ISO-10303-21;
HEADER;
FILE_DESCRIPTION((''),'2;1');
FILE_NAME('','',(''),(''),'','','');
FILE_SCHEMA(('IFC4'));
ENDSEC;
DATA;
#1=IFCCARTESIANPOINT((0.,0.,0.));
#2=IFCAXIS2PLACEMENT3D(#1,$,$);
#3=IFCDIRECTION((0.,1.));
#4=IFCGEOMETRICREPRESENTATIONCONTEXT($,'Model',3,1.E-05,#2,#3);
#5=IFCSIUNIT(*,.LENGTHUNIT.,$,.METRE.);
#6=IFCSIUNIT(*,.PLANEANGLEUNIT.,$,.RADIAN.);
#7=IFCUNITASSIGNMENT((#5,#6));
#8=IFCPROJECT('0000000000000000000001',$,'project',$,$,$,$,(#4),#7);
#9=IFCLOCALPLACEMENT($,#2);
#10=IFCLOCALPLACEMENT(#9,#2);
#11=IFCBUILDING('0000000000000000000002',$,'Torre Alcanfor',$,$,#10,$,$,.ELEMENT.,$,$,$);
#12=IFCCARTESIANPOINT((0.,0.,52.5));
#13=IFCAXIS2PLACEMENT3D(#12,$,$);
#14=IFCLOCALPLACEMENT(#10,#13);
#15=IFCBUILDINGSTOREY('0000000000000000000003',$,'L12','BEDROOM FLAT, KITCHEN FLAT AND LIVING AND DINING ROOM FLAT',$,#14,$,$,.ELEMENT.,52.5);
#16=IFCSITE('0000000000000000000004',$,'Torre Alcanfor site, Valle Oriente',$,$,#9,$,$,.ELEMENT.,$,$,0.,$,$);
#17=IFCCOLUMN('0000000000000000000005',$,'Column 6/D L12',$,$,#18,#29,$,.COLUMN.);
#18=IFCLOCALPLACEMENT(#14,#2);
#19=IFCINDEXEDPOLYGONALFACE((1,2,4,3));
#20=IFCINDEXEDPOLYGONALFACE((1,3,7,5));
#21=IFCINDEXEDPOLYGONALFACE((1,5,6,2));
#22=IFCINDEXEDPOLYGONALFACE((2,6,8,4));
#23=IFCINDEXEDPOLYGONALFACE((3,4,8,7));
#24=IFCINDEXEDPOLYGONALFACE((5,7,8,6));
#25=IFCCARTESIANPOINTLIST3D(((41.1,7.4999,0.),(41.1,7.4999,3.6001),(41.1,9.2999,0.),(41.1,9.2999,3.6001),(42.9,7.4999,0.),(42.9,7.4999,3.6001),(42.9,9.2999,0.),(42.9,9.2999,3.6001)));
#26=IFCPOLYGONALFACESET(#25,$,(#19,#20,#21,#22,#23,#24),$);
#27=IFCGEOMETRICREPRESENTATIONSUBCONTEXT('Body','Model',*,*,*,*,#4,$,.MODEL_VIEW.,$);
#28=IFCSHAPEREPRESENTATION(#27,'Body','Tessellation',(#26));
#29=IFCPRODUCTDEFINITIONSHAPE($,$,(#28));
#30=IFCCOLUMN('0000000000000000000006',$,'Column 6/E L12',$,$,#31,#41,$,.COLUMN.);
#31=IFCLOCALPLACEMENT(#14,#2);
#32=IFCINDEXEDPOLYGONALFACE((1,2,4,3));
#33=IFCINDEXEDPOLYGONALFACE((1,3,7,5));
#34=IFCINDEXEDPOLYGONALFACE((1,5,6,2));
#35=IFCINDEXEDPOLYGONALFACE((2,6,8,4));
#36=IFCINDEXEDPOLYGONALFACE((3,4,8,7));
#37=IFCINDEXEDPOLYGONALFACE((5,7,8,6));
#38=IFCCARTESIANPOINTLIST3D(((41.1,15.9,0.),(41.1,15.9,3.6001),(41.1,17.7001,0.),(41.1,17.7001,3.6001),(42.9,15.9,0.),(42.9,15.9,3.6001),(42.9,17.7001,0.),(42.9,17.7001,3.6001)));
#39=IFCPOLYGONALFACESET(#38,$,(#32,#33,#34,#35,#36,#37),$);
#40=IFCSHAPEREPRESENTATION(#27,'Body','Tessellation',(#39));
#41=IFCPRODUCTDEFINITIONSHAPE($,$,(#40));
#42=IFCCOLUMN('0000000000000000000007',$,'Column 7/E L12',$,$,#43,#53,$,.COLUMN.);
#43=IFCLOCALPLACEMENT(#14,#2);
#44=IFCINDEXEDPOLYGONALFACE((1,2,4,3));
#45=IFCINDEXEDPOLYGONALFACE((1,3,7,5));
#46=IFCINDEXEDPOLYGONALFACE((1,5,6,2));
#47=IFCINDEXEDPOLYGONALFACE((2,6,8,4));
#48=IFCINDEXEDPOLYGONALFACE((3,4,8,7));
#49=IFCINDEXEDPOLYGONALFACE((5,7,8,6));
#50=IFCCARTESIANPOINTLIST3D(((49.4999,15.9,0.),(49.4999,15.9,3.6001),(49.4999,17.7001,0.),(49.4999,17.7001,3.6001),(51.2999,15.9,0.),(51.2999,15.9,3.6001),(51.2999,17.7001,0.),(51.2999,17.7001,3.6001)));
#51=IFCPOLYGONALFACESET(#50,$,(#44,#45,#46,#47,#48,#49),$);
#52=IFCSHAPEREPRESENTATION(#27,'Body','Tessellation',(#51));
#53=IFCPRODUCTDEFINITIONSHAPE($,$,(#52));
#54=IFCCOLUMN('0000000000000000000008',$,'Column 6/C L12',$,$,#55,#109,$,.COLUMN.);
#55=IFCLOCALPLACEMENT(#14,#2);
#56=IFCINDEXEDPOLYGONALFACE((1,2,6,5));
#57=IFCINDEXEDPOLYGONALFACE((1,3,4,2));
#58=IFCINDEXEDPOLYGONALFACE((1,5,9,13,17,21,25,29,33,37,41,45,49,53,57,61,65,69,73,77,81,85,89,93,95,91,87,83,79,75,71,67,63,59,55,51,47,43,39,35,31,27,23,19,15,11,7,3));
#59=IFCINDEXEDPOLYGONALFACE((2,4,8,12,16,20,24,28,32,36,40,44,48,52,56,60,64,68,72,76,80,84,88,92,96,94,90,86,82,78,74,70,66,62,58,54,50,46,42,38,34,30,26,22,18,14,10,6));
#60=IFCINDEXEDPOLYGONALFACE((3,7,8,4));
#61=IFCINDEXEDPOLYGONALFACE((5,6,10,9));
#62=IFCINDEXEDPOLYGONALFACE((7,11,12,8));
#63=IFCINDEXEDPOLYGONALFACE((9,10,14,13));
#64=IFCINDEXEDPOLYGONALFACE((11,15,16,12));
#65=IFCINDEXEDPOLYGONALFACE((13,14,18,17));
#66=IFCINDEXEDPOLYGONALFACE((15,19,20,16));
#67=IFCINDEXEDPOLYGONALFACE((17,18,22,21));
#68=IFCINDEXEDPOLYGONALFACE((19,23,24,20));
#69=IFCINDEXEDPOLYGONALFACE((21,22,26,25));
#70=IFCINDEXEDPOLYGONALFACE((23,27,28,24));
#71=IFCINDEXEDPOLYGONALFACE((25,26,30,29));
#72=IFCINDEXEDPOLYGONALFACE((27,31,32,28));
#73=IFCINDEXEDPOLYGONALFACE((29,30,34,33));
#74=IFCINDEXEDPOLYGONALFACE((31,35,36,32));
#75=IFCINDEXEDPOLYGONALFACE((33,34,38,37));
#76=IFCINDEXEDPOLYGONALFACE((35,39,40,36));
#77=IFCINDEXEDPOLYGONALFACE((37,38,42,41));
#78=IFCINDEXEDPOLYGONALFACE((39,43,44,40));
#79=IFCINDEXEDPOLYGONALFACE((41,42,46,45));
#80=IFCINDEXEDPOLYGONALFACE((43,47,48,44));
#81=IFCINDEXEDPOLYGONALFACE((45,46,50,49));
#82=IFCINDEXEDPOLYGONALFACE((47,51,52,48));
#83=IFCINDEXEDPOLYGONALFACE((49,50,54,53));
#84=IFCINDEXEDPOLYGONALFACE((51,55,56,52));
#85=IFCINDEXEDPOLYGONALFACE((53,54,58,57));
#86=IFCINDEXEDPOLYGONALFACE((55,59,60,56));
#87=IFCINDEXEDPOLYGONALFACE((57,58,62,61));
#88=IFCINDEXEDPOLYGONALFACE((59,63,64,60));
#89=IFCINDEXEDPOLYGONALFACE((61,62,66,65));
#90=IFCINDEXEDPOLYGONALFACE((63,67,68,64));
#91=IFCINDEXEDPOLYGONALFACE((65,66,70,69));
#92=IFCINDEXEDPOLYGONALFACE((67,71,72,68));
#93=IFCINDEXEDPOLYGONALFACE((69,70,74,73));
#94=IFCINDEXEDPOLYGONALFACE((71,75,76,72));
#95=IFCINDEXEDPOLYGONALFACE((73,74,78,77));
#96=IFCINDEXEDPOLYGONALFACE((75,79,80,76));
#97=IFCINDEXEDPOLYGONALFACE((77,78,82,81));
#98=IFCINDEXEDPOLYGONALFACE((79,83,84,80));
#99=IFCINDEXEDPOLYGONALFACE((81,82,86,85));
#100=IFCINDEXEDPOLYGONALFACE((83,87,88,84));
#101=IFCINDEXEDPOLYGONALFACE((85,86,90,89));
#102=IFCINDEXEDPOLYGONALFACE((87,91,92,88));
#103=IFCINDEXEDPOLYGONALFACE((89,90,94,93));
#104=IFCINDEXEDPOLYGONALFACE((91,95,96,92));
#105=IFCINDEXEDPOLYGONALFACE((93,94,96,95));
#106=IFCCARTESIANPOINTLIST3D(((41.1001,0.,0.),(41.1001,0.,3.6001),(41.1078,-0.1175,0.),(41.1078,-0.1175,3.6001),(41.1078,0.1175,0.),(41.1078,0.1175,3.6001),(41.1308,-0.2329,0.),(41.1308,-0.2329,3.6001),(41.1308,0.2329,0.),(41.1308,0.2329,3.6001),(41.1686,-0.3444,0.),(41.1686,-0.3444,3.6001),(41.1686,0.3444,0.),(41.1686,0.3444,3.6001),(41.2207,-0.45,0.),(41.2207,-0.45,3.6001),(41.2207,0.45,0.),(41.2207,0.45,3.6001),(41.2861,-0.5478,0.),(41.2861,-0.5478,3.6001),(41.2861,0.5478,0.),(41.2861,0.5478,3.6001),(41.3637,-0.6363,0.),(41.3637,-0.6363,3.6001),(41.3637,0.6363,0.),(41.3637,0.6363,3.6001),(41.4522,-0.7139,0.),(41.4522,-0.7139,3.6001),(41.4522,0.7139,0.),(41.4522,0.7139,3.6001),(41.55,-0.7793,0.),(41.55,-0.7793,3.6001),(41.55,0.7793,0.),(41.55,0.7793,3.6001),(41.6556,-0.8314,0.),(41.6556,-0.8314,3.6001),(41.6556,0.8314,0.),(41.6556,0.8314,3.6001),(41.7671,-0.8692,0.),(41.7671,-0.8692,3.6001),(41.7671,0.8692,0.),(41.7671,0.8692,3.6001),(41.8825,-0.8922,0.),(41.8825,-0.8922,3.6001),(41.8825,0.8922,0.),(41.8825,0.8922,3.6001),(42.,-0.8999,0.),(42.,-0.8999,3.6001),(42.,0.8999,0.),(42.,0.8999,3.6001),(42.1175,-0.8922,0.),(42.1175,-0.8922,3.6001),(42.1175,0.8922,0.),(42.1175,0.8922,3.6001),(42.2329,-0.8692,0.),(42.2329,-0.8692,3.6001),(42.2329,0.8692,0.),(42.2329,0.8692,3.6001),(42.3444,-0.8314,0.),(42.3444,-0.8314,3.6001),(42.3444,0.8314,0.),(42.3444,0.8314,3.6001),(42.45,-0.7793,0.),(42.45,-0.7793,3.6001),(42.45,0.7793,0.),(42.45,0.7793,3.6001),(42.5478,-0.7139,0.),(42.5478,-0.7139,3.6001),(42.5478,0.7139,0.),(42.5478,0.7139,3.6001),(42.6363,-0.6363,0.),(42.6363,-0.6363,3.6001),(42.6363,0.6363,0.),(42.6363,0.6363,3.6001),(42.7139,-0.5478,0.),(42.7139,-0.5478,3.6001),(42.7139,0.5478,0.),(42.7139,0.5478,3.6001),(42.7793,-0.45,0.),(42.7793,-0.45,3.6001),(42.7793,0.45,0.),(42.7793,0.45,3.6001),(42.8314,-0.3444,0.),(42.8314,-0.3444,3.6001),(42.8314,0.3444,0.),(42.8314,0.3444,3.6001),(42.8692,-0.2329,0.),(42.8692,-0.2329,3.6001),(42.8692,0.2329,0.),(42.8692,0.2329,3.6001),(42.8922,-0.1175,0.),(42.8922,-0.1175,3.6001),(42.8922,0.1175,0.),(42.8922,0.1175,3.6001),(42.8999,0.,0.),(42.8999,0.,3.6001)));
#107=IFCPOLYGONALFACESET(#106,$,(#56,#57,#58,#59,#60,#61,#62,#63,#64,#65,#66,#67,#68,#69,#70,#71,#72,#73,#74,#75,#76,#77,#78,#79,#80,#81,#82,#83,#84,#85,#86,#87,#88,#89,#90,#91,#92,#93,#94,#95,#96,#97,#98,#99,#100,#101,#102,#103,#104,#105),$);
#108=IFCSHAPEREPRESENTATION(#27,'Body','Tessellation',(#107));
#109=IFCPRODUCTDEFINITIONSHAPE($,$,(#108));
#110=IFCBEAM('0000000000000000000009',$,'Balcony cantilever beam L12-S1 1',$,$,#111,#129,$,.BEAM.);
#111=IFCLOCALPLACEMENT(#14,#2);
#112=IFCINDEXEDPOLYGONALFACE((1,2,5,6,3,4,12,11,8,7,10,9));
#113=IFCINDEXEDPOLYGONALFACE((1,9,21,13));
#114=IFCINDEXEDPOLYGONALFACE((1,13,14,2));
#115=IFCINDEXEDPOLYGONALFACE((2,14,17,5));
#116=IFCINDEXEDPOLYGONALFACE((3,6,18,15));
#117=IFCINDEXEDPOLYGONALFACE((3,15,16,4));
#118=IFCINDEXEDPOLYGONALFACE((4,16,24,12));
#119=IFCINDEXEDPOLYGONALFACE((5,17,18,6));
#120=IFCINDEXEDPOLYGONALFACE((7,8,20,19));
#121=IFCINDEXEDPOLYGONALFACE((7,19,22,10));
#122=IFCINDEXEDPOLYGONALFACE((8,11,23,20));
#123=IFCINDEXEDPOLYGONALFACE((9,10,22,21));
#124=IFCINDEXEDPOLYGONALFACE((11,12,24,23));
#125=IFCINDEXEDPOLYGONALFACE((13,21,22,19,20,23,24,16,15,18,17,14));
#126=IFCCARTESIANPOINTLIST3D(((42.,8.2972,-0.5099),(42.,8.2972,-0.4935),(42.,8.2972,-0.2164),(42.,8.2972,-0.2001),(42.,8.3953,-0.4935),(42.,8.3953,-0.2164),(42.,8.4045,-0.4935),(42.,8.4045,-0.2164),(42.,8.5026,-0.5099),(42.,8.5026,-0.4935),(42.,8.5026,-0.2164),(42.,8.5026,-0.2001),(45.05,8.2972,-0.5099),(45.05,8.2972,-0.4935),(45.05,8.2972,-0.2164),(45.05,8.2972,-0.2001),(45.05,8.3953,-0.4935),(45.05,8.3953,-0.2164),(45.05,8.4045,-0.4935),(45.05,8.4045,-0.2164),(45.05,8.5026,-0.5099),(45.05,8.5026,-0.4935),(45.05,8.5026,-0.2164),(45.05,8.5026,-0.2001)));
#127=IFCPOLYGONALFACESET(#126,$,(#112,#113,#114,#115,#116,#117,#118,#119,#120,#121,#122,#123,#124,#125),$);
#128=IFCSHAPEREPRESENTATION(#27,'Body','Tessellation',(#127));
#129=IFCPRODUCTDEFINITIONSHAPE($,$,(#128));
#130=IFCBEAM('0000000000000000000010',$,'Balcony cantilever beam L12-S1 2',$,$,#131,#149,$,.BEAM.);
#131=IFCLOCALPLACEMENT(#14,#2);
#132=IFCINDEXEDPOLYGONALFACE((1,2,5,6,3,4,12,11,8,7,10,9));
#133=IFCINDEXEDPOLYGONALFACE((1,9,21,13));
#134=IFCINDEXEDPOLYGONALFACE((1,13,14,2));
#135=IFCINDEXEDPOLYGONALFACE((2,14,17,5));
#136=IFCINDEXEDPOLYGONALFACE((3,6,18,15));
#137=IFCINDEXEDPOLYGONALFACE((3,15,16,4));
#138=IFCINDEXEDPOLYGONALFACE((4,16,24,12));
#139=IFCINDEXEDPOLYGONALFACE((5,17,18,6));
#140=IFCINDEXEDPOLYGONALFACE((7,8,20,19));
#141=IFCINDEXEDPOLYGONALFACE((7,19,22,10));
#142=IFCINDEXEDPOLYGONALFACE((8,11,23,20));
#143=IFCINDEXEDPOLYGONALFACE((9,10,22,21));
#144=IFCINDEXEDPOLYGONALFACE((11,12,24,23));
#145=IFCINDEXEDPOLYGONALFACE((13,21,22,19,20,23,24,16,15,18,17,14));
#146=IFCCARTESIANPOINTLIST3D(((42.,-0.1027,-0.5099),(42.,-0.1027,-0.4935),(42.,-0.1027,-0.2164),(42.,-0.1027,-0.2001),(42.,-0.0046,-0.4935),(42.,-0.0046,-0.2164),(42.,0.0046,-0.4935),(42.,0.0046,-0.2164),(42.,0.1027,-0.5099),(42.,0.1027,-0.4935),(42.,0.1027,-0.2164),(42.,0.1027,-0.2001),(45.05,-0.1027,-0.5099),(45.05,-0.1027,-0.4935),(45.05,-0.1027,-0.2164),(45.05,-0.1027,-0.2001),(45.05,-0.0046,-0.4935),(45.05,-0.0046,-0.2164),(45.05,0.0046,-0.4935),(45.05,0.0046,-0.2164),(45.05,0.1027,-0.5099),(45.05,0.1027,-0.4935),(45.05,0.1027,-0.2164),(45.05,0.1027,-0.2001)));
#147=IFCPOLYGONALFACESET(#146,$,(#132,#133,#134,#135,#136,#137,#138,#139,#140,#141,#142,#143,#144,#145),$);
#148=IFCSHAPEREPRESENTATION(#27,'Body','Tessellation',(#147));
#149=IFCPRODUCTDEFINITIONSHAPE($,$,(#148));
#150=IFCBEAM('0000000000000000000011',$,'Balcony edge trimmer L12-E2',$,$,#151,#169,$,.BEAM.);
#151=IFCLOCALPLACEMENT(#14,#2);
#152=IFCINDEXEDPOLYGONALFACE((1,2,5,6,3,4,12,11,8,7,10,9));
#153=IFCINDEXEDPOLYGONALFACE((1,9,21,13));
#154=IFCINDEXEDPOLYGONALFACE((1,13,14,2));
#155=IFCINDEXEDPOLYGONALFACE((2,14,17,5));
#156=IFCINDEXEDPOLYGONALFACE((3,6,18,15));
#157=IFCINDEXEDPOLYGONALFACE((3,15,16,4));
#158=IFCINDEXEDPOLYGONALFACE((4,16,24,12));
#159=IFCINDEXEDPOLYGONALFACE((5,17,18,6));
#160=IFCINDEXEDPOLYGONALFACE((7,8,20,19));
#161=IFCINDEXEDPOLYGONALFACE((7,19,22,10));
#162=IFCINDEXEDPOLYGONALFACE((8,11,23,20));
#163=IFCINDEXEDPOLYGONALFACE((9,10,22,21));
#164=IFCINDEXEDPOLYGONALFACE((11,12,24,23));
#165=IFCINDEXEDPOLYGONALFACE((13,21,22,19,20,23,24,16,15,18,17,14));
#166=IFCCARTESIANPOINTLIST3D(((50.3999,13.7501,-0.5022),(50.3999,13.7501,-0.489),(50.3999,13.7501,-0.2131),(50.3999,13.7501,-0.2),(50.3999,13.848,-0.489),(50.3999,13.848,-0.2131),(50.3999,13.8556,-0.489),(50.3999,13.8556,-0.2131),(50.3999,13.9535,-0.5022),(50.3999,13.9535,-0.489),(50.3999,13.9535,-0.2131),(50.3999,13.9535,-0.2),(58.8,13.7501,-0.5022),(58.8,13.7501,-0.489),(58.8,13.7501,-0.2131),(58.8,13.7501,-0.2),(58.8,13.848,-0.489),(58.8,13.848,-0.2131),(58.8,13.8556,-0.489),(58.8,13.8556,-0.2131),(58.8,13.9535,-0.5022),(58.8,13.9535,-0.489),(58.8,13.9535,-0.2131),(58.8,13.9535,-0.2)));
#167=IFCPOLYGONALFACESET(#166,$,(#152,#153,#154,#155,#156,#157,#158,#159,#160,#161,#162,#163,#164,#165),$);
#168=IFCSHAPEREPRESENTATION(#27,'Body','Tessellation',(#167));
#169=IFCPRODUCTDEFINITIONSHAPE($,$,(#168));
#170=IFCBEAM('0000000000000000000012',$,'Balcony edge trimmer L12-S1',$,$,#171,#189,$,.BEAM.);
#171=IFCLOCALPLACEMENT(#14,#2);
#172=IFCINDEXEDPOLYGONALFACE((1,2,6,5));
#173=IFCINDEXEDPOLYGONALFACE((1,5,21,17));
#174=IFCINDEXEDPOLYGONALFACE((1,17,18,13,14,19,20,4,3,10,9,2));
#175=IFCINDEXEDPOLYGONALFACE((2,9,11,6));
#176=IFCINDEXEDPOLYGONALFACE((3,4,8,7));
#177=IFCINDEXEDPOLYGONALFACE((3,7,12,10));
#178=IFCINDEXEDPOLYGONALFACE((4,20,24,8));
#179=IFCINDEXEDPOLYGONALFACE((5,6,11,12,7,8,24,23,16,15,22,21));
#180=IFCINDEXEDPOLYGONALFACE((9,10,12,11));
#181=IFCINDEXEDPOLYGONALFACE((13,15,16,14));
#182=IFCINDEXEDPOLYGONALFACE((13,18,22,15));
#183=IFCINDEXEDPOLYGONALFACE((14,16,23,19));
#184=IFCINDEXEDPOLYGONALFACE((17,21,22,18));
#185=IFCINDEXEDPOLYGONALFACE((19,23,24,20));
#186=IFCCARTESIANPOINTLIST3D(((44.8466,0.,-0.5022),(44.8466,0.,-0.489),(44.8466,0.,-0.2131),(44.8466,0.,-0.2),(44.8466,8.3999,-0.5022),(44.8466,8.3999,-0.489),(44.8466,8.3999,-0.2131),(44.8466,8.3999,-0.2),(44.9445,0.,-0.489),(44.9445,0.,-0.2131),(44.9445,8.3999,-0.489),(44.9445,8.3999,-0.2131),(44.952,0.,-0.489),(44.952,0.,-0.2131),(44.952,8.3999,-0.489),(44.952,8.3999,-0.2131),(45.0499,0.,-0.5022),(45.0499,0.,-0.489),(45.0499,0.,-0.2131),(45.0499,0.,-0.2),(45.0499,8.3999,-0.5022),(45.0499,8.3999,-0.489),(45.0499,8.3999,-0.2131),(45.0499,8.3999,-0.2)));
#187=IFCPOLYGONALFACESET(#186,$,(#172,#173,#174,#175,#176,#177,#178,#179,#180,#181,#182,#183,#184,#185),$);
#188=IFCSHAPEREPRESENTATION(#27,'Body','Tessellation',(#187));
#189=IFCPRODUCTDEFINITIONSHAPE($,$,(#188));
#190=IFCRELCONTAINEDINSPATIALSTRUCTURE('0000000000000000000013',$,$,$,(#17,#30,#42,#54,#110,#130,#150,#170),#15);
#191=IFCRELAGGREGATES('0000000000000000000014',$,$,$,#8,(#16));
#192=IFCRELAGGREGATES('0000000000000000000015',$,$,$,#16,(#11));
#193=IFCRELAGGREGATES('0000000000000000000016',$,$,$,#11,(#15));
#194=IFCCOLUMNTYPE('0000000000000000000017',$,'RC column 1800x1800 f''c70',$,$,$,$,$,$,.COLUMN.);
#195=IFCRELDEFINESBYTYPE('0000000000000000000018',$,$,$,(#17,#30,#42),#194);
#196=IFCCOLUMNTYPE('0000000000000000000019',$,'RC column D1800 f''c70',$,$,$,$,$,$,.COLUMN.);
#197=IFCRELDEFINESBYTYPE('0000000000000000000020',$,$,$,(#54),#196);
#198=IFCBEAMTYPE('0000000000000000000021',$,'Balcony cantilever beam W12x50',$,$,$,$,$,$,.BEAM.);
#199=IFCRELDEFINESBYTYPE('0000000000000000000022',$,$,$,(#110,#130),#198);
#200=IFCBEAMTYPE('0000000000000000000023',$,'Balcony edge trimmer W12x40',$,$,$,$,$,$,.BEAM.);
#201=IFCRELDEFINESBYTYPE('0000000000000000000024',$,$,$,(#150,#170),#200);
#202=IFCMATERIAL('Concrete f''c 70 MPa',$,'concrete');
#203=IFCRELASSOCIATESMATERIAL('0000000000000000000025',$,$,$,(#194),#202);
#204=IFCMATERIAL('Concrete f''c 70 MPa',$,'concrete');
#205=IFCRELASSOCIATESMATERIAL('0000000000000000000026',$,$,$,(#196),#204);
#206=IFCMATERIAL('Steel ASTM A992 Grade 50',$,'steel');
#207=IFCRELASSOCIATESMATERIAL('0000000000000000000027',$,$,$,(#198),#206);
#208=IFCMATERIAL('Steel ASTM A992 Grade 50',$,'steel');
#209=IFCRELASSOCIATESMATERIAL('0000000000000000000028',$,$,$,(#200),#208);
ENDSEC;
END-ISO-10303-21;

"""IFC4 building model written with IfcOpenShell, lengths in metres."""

from ifc_helpers import new_model, si_unit, direction, frame, origin, origin_2d, place, context, subcontext, project, spatial, rectangle, circle, i_section, extrude, material, material_profile, profile_set, type_object, element, save


model = new_model("IFC4")

# Units and contexts
model_context = context("Model", 3, precision=1e-05, world=origin(), true_north=direction((0.0, 1.0)))
body_context = subcontext(model_context, "Body", "Model", "MODEL_VIEW")
ifc_project = project(units=[si_unit("LENGTHUNIT", "METRE"), si_unit("PLANEANGLEUNIT", "RADIAN")], contexts=[model_context])

# Site, building, storey
site_placement = place(None, origin())
site = spatial("IfcSite", under=ifc_project, at=site_placement, Name="Torre Alcanfor site, Valle Oriente", CompositionType="ELEMENT", RefElevation=0.0)
building_placement = place(site_placement, origin())
building = spatial("IfcBuilding", under=site, at=building_placement, Name="Torre Alcanfor", CompositionType="ELEMENT")
storey_placement = place(building_placement, frame((0.0, 0.0, 52.5)))
storey = spatial("IfcBuildingStorey", under=building, at=storey_placement, Name="L12", Description="BEDROOM FLAT, KITCHEN FLAT AND LIVING AND DINING ROOM FLAT", CompositionType="ELEMENT", Elevation=52.5)

# Columns
ifc_material_1 = material(Name="Concrete f'c 70 MPa", Category="concrete")
ifc_material_profile_1 = material_profile(ifc_material_1, rectangle(XDim=1.8, YDim=1.8, at=origin_2d()), Name="1800x1800")
ifc_profile_set_1 = profile_set([ifc_material_profile_1], Name="Concrete f'c 70 MPa")
column_type_1 = type_object("IfcColumnType", Name="RC column 1800x1800 f'c70", PredefinedType="COLUMN", material=ifc_profile_set_1)
for number, where, z_axis, x_axis, name in (
    (1, (42.0, 8.3999, 0.0), (0.0, 0.0, 1.0), (1.0, 0.0, 0.0), "Column 6/D L12"),
    (2, (42.0, 16.8, 0.0), (0.0, 0.0, 1.0), (1.0, 0.0, 0.0), "Column 6/E L12"),
    (3, (50.3999, 16.8, 0.0), (0.0, 0.0, 1.0), (1.0, 0.0, 0.0), "Column 7/E L12"),
):
    element("IfcColumn", number, at=place(storey_placement, frame(where, z_axis=z_axis, x_axis=x_axis)), inside=storey, type_object=column_type_1, Name=name, PredefinedType="COLUMN", context=body_context, shape_type="SweptSolid", body=[
        extrude(rectangle(XDim=1.8, YDim=1.8, at=origin_2d()), origin(), (0.0, 0.0, 1.0), 3.6001),
    ])
ifc_material_2 = material(Name="Concrete f'c 70 MPa", Category="concrete")
ifc_material_profile_2 = material_profile(ifc_material_2, circle(Radius=0.8999, at=origin_2d()), Name="D1800")
ifc_profile_set_2 = profile_set([ifc_material_profile_2], Name="Concrete f'c 70 MPa")
column_type_2 = type_object("IfcColumnType", Name="RC column D1800 f'c70", PredefinedType="COLUMN", material=ifc_profile_set_2)
column_placement = place(storey_placement, frame((42.0, 0.0, 0.0), z_axis=(0.0, 0.0, 1.0), x_axis=(1.0, 0.0, 0.0)))
element("IfcColumn", 4, at=column_placement, inside=storey, type_object=column_type_2, Name="Column 6/C L12", PredefinedType="COLUMN", context=body_context, shape_type="SweptSolid", body=[
    extrude(circle(Radius=0.8999, at=origin_2d()), origin(), (0.0, 0.0, 1.0), 3.6001),
])

# Beams
ifc_material_3 = material(Name="Steel ASTM A992 Grade 50", Category="steel")
ifc_material_profile_3 = material_profile(ifc_material_3, i_section(OverallWidth=0.2053, OverallDepth=0.3098, WebThickness=0.0093, FlangeThickness=0.0164, at=origin_2d()), Name="W12x50")
ifc_profile_set_3 = profile_set([ifc_material_profile_3], Name="Steel ASTM A992 Grade 50")
beam_type_1 = type_object("IfcBeamType", Name="Balcony cantilever beam W12x50", PredefinedType="BEAM", material=ifc_profile_set_3)
for number, where, z_axis, x_axis, name in (
    (5, (42.0, 8.3999, -0.355), (1.0, 0.0, 0.0), (0.0, 1.0, 0.0), "Balcony cantilever beam L12-S1 1"),
    (6, (42.0, 0.0, -0.355), (1.0, 0.0, 0.0), (0.0, 1.0, 0.0), "Balcony cantilever beam L12-S1 2"),
):
    element("IfcBeam", number, at=place(storey_placement, frame(where, z_axis=z_axis, x_axis=x_axis)), inside=storey, type_object=beam_type_1, Name=name, PredefinedType="BEAM", context=body_context, shape_type="SweptSolid", body=[
        extrude(i_section(OverallWidth=0.2053, OverallDepth=0.3098, WebThickness=0.0093, FlangeThickness=0.0164, at=origin_2d()), origin(), (0.0, 0.0, 1.0), 3.05),
    ])
ifc_material_4 = material(Name="Steel ASTM A992 Grade 50", Category="steel")
ifc_material_profile_4 = material_profile(ifc_material_4, i_section(OverallWidth=0.2034, OverallDepth=0.3022, WebThickness=0.0076, FlangeThickness=0.0132, at=origin_2d()), Name="W12x40")
ifc_profile_set_4 = profile_set([ifc_material_profile_4], Name="Steel ASTM A992 Grade 50")
beam_type_2 = type_object("IfcBeamType", Name="Balcony edge trimmer W12x40", PredefinedType="BEAM", material=ifc_profile_set_4)
beam_1_placement = place(storey_placement, frame((50.3999, 13.8518, -0.3511), z_axis=(1.0, 0.0, 0.0), x_axis=(0.0, 1.0, 0.0)))
element("IfcBeam", 7, at=beam_1_placement, inside=storey, type_object=beam_type_2, Name="Balcony edge trimmer L12-E2", PredefinedType="BEAM", context=body_context, shape_type="SweptSolid", body=[
    extrude(i_section(OverallWidth=0.2034, OverallDepth=0.3022, WebThickness=0.0076, FlangeThickness=0.0132, at=origin_2d()), origin(), (0.0, 0.0, 1.0), 8.4001),
])
beam_2_placement = place(storey_placement, frame((44.9482, 8.3999, -0.3511), z_axis=(0.0, -1.0, 0.0), x_axis=(1.0, 0.0, 0.0)))
element("IfcBeam", 8, at=beam_2_placement, inside=storey, type_object=beam_type_2, Name="Balcony edge trimmer L12-S1", PredefinedType="BEAM", context=body_context, shape_type="SweptSolid", body=[
    extrude(i_section(OverallWidth=0.2034, OverallDepth=0.3022, WebThickness=0.0076, FlangeThickness=0.0132, at=origin_2d()), origin(), (0.0, 0.0, 1.0), 8.3999),
])

save(model, "model.ifc")
